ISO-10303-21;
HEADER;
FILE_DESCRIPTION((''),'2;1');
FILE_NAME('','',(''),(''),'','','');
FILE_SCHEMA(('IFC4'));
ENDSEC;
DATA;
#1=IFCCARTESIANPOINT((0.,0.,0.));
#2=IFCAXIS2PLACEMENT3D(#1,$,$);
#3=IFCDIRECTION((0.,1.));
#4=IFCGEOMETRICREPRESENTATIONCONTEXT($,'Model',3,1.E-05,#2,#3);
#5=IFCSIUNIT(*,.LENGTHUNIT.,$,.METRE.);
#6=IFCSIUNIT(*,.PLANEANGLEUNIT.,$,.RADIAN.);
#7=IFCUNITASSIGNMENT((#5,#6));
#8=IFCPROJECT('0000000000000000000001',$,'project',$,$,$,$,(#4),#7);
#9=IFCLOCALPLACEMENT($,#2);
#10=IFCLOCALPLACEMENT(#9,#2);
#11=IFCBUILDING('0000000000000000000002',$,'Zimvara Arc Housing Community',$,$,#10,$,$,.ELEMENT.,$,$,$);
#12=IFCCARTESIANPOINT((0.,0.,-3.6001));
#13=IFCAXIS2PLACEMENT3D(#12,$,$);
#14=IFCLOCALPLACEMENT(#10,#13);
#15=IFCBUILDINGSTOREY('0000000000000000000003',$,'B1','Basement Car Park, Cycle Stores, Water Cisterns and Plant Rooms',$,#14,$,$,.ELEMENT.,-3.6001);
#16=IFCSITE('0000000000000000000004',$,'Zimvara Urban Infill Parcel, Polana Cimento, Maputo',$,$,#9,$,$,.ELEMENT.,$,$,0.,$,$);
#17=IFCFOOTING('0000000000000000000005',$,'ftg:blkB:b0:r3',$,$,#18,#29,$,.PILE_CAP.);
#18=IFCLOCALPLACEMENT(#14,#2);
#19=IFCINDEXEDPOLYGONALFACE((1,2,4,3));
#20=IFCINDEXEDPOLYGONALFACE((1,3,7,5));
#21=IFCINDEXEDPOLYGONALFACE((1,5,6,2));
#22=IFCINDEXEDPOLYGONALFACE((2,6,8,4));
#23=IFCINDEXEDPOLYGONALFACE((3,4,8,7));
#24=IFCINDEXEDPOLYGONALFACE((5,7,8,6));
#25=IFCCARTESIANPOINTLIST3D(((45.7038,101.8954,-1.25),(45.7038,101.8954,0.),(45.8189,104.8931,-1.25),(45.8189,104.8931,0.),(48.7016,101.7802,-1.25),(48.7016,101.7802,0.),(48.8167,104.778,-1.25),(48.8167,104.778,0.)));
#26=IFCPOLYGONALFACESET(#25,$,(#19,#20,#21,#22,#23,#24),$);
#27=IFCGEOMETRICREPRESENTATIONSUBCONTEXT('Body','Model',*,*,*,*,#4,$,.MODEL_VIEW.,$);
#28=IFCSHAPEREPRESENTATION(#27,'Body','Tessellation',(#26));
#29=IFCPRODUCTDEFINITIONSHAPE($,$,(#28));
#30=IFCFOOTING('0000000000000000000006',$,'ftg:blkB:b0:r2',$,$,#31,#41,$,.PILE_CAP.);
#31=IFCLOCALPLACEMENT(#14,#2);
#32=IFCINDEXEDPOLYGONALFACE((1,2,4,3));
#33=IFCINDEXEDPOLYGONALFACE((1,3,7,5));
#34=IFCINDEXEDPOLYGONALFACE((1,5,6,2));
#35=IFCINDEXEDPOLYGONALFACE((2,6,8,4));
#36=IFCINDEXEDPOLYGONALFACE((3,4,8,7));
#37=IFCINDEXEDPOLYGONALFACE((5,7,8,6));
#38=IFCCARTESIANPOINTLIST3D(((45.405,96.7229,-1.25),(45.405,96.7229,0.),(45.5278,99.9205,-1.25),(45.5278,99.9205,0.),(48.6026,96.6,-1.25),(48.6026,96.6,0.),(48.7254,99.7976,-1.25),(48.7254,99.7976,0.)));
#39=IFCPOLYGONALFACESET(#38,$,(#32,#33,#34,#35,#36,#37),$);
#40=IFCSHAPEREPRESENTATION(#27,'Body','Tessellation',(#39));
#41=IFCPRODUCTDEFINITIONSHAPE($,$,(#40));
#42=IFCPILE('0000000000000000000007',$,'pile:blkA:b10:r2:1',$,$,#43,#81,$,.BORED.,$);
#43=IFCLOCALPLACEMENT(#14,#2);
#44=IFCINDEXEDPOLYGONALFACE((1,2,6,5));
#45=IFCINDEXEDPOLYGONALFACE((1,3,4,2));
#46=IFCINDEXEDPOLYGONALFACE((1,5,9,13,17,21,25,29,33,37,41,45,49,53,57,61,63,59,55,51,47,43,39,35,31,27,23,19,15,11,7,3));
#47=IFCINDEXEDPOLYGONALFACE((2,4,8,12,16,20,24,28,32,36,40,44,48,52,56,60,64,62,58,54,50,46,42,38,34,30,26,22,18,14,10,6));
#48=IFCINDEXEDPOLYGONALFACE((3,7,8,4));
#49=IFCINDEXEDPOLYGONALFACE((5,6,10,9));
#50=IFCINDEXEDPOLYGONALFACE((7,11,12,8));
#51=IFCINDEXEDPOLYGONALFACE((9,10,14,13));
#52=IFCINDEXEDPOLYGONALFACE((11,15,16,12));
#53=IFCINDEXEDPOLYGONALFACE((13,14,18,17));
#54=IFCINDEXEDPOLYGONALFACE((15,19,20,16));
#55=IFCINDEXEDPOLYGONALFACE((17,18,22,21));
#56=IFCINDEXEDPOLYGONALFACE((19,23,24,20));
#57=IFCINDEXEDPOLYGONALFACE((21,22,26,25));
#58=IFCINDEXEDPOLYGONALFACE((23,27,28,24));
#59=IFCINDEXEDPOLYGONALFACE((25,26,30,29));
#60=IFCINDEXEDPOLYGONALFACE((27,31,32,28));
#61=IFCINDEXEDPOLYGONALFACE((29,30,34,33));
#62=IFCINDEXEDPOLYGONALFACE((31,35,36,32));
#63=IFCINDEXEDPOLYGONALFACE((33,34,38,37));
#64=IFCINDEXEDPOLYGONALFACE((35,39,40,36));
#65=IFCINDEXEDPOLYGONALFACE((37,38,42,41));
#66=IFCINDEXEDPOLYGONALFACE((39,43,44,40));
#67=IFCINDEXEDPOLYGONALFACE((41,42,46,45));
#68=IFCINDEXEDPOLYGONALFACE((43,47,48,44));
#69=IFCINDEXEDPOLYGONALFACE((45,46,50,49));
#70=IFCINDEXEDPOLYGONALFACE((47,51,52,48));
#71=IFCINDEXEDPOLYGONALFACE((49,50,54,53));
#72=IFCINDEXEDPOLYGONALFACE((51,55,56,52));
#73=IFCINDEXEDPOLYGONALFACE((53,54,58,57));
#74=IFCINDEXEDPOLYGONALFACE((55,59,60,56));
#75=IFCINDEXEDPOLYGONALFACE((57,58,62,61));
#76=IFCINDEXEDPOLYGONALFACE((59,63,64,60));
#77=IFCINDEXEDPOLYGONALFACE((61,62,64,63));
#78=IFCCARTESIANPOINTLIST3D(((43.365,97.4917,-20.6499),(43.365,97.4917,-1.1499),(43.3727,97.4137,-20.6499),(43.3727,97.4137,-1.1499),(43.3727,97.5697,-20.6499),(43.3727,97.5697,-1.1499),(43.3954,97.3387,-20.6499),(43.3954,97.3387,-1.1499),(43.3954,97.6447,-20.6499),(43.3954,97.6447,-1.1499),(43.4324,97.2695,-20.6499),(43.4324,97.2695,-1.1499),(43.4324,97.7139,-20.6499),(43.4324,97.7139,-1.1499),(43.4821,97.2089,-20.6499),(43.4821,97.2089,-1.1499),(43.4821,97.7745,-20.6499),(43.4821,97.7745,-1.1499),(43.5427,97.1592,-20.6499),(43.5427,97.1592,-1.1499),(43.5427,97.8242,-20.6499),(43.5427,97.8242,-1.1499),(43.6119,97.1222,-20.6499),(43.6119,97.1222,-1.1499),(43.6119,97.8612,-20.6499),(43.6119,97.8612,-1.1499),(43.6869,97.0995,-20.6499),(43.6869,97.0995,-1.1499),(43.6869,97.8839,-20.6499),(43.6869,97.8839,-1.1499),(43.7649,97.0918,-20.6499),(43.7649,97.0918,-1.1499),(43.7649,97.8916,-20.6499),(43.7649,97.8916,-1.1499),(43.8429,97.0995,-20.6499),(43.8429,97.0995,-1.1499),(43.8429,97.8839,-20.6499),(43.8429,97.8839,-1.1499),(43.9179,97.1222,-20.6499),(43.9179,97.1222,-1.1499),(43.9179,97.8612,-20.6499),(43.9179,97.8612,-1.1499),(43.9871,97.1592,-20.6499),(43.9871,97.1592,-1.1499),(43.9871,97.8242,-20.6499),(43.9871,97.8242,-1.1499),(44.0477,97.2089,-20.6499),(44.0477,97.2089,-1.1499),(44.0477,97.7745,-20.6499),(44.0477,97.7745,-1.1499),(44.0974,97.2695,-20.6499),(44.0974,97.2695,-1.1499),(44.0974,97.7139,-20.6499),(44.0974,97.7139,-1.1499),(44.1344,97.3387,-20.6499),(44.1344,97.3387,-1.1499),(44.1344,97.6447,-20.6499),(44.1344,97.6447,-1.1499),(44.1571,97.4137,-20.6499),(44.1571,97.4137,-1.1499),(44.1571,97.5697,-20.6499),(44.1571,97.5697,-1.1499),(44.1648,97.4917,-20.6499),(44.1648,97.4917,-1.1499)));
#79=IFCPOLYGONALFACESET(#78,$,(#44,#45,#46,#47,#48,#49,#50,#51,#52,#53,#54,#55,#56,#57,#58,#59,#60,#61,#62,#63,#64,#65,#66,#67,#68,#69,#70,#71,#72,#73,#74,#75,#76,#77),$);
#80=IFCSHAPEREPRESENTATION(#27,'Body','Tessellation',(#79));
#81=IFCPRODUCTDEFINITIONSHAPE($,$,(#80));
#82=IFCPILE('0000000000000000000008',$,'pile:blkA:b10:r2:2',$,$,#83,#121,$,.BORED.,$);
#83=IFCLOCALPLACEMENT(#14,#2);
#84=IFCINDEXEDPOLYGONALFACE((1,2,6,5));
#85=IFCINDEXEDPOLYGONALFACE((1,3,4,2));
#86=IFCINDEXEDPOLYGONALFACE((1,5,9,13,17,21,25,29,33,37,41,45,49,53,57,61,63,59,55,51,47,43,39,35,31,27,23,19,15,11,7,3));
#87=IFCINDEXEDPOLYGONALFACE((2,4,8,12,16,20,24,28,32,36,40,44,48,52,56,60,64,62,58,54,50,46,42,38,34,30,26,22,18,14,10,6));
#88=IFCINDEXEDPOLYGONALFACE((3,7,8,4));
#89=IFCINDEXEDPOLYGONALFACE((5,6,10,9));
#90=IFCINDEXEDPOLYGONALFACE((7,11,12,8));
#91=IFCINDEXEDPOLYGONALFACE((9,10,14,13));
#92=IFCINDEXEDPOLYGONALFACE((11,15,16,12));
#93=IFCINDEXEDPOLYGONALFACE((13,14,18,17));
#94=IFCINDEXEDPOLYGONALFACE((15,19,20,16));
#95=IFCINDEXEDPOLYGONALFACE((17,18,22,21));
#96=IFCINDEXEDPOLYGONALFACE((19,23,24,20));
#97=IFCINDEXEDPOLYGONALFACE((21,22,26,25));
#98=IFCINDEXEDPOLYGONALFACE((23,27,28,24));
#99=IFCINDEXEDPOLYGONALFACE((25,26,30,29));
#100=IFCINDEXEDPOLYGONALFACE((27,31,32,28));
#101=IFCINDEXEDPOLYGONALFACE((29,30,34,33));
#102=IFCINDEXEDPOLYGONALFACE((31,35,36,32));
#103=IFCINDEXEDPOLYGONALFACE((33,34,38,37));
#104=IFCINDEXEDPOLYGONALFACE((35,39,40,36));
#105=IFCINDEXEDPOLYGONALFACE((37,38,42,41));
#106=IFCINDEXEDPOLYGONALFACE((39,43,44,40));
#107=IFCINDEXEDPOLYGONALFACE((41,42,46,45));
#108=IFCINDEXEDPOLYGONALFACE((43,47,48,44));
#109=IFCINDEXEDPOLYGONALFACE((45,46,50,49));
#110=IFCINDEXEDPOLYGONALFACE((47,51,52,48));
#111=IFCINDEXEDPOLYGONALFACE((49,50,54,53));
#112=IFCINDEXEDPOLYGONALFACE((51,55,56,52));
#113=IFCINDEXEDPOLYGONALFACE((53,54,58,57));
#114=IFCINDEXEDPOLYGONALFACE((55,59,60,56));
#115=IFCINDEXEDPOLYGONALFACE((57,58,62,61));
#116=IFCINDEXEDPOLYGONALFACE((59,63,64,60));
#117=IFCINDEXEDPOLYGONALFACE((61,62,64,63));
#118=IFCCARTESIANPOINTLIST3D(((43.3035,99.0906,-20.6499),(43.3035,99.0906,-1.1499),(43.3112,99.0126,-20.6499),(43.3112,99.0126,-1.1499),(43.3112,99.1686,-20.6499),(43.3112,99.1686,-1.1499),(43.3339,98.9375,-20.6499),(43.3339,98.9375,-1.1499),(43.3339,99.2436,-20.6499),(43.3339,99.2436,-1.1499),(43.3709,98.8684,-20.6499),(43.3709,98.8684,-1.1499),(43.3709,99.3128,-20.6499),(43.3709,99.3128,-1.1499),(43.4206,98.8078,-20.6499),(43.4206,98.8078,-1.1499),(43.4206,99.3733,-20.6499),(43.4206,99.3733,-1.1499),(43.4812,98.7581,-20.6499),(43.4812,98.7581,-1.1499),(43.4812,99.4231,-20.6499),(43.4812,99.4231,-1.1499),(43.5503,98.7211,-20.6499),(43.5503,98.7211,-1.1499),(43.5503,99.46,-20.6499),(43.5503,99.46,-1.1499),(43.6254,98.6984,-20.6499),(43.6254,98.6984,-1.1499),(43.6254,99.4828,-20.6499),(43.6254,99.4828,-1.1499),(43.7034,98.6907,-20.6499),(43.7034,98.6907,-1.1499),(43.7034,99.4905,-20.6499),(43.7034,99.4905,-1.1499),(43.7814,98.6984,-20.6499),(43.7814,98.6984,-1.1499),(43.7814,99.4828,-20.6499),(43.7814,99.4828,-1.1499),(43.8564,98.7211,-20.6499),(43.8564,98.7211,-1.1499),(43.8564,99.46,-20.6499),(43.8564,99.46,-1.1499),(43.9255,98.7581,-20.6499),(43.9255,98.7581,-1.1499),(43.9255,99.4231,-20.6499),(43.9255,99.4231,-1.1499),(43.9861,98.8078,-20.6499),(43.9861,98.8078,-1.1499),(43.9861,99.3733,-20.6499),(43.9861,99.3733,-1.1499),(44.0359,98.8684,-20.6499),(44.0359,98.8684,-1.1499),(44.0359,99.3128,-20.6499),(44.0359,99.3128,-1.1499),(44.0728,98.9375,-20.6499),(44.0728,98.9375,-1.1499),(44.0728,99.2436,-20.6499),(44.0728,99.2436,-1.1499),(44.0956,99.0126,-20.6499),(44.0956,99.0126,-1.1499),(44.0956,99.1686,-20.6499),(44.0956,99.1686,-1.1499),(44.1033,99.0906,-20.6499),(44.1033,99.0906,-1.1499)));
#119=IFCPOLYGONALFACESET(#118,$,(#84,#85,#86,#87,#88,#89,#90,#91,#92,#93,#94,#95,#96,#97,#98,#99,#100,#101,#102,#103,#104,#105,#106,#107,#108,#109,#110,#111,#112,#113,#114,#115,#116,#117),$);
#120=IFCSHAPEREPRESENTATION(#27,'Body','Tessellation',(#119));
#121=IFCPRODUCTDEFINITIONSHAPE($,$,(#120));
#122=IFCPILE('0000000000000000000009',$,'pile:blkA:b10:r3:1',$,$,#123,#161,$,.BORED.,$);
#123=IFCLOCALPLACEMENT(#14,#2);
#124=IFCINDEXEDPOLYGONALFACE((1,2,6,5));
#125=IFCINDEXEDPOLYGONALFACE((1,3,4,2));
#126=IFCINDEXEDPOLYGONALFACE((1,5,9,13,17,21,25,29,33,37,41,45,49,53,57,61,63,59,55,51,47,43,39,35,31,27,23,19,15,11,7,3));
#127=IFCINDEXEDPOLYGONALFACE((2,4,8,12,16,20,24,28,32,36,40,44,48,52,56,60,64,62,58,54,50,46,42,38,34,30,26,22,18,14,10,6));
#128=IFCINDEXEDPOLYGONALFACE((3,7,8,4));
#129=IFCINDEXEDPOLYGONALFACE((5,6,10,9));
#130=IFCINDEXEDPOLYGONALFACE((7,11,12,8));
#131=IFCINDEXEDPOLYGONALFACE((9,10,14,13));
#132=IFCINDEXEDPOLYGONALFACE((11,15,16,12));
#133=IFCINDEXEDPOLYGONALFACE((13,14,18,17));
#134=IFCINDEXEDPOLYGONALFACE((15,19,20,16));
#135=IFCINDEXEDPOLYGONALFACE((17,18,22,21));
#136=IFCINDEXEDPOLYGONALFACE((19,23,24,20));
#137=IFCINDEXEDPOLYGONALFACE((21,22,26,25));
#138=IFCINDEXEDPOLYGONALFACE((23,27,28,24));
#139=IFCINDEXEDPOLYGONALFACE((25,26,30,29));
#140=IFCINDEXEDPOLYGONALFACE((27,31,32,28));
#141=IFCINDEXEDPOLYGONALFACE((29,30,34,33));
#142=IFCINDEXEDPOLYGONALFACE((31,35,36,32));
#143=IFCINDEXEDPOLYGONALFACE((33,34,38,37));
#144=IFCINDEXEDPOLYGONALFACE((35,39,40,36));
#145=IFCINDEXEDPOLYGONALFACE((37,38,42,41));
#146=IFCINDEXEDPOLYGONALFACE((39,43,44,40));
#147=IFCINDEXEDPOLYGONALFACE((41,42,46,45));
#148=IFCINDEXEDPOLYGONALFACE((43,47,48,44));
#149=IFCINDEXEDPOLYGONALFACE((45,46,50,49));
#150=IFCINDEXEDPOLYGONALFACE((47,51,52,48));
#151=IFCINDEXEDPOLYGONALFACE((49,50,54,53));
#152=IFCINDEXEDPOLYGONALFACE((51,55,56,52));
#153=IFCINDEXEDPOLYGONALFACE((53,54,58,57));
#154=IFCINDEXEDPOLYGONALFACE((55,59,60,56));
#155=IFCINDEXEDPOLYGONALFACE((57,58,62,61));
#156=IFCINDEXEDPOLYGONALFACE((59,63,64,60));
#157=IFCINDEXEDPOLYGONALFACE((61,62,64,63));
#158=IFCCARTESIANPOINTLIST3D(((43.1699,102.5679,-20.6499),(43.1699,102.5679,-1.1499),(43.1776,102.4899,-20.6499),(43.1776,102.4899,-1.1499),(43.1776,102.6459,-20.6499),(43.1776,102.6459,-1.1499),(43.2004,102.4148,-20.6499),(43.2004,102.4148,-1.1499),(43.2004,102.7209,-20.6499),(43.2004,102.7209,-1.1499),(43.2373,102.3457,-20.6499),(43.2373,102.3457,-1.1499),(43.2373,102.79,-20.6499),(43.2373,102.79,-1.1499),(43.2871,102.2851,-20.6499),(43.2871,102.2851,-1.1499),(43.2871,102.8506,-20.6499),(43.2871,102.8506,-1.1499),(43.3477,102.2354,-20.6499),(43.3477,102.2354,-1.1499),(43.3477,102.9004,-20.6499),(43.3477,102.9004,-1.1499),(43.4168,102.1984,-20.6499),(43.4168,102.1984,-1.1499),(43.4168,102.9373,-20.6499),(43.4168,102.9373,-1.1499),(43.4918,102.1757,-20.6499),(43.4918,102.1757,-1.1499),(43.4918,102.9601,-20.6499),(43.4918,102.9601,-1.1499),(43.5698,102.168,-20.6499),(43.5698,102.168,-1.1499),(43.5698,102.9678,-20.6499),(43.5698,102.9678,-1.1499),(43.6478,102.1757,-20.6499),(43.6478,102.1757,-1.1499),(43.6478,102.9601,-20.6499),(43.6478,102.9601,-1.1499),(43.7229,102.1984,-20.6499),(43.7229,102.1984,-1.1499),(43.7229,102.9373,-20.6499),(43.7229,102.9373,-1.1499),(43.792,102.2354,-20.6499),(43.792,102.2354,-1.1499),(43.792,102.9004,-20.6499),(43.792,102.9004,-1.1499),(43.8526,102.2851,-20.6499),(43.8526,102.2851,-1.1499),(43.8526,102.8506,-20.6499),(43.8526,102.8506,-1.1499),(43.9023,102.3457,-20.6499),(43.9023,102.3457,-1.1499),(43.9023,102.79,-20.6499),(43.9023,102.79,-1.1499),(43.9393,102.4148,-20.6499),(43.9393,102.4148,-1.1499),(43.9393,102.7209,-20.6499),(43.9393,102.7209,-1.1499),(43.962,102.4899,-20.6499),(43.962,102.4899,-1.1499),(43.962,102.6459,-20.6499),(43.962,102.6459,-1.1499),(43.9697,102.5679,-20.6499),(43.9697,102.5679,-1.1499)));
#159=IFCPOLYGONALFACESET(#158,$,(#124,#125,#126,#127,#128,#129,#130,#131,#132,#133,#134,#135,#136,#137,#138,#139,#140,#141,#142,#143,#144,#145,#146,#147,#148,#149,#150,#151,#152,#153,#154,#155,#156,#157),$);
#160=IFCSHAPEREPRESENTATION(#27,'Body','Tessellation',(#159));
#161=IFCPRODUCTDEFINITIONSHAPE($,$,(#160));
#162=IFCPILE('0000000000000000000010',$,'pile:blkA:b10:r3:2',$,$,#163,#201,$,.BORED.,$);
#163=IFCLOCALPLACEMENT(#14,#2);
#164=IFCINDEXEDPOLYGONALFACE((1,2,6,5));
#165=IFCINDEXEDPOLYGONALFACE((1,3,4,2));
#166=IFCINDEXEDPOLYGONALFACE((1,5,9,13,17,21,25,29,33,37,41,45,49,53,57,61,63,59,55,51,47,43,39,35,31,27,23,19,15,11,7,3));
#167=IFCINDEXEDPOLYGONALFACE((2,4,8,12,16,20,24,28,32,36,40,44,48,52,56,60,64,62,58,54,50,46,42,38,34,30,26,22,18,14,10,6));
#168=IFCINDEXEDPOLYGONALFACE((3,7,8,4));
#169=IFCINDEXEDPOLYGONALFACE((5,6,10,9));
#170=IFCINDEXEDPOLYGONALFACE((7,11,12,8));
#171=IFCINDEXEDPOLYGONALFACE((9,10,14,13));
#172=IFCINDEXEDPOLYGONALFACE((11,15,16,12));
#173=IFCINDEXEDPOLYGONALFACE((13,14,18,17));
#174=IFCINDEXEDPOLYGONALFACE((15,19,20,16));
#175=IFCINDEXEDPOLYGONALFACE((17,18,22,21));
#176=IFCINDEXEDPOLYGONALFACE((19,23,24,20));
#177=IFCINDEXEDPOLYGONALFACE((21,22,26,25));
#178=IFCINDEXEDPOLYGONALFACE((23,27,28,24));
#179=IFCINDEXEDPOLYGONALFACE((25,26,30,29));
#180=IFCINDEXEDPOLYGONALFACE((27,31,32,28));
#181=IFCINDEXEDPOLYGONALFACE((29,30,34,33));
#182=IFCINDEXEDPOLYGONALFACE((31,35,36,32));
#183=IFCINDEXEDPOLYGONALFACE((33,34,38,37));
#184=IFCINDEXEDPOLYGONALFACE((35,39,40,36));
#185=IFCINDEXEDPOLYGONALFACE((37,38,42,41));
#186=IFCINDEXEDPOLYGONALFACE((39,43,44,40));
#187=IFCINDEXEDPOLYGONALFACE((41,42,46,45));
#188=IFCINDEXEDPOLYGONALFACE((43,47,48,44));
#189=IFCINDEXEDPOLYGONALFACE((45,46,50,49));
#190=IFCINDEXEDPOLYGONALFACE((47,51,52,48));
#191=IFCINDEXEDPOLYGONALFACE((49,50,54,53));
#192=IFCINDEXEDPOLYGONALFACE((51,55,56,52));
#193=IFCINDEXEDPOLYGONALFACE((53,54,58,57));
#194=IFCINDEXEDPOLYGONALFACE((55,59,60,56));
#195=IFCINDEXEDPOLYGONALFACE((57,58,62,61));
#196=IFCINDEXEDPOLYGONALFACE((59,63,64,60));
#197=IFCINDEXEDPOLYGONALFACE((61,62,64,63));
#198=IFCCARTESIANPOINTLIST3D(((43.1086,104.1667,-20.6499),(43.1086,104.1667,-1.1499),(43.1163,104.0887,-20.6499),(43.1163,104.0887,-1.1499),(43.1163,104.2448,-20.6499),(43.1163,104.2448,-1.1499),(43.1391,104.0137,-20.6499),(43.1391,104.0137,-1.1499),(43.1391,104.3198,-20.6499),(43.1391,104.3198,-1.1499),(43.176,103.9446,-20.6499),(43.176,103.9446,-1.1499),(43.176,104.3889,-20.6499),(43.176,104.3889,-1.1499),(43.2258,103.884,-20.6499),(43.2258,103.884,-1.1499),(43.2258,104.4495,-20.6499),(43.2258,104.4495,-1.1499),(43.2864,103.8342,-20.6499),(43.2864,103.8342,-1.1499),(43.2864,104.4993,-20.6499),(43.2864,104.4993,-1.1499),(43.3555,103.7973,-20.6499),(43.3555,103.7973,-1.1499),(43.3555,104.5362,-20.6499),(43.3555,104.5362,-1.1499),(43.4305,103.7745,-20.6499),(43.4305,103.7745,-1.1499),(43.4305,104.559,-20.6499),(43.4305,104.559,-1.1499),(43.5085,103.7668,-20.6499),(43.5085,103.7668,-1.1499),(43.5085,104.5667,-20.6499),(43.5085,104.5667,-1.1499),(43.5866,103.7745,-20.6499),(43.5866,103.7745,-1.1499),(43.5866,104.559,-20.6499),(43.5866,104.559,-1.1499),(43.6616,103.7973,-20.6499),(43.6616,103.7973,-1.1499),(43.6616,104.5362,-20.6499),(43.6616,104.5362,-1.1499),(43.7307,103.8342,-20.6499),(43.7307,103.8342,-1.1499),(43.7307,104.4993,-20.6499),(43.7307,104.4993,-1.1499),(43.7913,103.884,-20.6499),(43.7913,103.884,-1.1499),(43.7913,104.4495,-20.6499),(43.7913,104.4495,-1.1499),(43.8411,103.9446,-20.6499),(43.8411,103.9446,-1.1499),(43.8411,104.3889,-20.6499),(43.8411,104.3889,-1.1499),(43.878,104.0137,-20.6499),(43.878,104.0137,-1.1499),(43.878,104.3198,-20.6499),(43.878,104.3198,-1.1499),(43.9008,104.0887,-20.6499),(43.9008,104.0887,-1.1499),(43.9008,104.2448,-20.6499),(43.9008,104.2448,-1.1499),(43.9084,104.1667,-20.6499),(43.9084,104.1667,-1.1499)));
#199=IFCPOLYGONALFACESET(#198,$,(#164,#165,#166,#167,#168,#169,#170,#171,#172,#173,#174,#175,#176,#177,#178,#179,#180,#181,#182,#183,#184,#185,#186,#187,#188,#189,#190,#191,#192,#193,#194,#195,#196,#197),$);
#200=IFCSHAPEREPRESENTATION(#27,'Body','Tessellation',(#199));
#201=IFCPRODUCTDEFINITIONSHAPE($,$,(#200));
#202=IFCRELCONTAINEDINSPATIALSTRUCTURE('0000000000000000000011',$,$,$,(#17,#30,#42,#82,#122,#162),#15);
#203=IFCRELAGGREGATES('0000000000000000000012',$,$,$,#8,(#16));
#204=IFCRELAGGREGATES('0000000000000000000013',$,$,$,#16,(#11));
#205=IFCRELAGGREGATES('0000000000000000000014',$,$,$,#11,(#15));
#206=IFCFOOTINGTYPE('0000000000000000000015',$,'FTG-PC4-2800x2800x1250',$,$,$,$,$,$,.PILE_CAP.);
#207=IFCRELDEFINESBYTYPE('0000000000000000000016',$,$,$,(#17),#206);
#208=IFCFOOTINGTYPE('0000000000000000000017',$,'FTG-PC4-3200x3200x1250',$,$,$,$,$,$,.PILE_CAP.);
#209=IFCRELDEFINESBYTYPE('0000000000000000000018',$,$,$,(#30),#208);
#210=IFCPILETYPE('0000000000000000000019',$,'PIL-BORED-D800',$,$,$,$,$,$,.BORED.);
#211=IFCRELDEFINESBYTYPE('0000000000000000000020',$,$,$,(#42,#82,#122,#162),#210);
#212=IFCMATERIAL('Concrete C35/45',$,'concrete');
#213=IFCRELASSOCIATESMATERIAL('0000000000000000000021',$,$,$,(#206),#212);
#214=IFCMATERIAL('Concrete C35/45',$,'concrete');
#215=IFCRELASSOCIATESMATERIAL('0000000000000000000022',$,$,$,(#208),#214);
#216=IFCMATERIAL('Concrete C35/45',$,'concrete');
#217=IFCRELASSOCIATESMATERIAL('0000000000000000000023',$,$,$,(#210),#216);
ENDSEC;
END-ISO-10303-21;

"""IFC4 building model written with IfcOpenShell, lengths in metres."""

from ifc_helpers import new_model, si_unit, direction, frame, origin, origin_2d, place, context, subcontext, project, spatial, rectangle, circle, extrude, material, material_profile, profile_set, type_object, element, save


model = new_model("IFC4")

# Units and contexts
model_context = context("Model", 3, precision=1e-05, world=origin(), true_north=direction((0.0, 1.0)))
body_context = subcontext(model_context, "Body", "Model", "MODEL_VIEW")
ifc_project = project(units=[si_unit("LENGTHUNIT", "METRE"), si_unit("PLANEANGLEUNIT", "RADIAN")], contexts=[model_context])

# Site, building, storey
site_placement = place(None, origin())
site = spatial("IfcSite", under=ifc_project, at=site_placement, Name="Zimvara Urban Infill Parcel, Polana Cimento, Maputo", CompositionType="ELEMENT", RefElevation=0.0)
building_placement = place(site_placement, origin())
building = spatial("IfcBuilding", under=site, at=building_placement, Name="Zimvara Arc Housing Community", CompositionType="ELEMENT")
storey_placement = place(building_placement, frame((0.0, 0.0, -3.6001)))
storey = spatial("IfcBuildingStorey", under=building, at=storey_placement, Name="B1", Description="Basement Car Park, Cycle Stores, Water Cisterns and Plant Rooms", CompositionType="ELEMENT", Elevation=-3.6001)

# Footings
ifc_material_1 = material(Name="Concrete C35/45", Category="concrete")
footing_type_1 = type_object("IfcFootingType", Name="FTG-PC4-2800x2800x1250", PredefinedType="PILE_CAP", material=ifc_material_1)
footing_1_placement = place(storey_placement, frame((47.2603, 103.3367, -1.25), z_axis=(0.0, 0.0, 1.0), x_axis=(0.038388, 0.999263, 0.0)))
element("IfcFooting", 1, at=footing_1_placement, inside=storey, type_object=footing_type_1, Name="ftg:blkB:b0:r3", PredefinedType="PILE_CAP", context=body_context, shape_type="SweptSolid", body=[
    extrude(rectangle(XDim=3.0, YDim=3.0, at=origin_2d()), origin(), (0.0, 0.0, 1.0), 1.25),
])
ifc_material_2 = material(Name="Concrete C35/45", Category="concrete")
footing_type_2 = type_object("IfcFootingType", Name="FTG-PC4-3200x3200x1250", PredefinedType="PILE_CAP", material=ifc_material_2)
footing_2_placement = place(storey_placement, frame((47.0652, 98.2603, -1.25), z_axis=(0.0, 0.0, 1.0), x_axis=(0.038388, 0.999263, 0.0)))
element("IfcFooting", 2, at=footing_2_placement, inside=storey, type_object=footing_type_2, Name="ftg:blkB:b0:r2", PredefinedType="PILE_CAP", context=body_context, shape_type="SweptSolid", body=[
    extrude(rectangle(XDim=3.2, YDim=3.2, at=origin_2d()), origin(), (0.0, 0.0, 1.0), 1.25),
])

# Piles
ifc_material_3 = material(Name="Concrete C35/45", Category="concrete")
ifc_material_profile_1 = material_profile(ifc_material_3, circle(Radius=0.3999, at=origin_2d()), Name="PILE D800")
ifc_profile_set_1 = profile_set([ifc_material_profile_1], Name="Concrete C35/45")
pile_type = type_object("IfcPileType", Name="PIL-BORED-D800", PredefinedType="BORED", material=ifc_profile_set_1)
for number, where, z_axis, x_axis, name in (
    (3, (43.7649, 97.4917, -1.1499), (0.0, 0.0, -1.0), (1.0, 0.0, 0.0), "pile:blkA:b10:r2:1"),
    (4, (43.7034, 99.0906, -1.1499), (0.0, 0.0, -1.0), (1.0, 0.0, 0.0), "pile:blkA:b10:r2:2"),
    (5, (43.5698, 102.5679, -1.1499), (0.0, 0.0, -1.0), (1.0, 0.0, 0.0), "pile:blkA:b10:r3:1"),
    (6, (43.5085, 104.1667, -1.1499), (0.0, 0.0, -1.0), (1.0, 0.0, 0.0), "pile:blkA:b10:r3:2"),
):
    element("IfcPile", number, at=place(storey_placement, frame(where, z_axis=z_axis, x_axis=x_axis)), inside=storey, type_object=pile_type, Name=name, PredefinedType="BORED", context=body_context, shape_type="SweptSolid", body=[
        extrude(circle(Radius=0.3999, at=origin_2d()), origin(), (0.0, 0.0, 1.0), 19.5),
    ])

save(model, "model.ifc")
